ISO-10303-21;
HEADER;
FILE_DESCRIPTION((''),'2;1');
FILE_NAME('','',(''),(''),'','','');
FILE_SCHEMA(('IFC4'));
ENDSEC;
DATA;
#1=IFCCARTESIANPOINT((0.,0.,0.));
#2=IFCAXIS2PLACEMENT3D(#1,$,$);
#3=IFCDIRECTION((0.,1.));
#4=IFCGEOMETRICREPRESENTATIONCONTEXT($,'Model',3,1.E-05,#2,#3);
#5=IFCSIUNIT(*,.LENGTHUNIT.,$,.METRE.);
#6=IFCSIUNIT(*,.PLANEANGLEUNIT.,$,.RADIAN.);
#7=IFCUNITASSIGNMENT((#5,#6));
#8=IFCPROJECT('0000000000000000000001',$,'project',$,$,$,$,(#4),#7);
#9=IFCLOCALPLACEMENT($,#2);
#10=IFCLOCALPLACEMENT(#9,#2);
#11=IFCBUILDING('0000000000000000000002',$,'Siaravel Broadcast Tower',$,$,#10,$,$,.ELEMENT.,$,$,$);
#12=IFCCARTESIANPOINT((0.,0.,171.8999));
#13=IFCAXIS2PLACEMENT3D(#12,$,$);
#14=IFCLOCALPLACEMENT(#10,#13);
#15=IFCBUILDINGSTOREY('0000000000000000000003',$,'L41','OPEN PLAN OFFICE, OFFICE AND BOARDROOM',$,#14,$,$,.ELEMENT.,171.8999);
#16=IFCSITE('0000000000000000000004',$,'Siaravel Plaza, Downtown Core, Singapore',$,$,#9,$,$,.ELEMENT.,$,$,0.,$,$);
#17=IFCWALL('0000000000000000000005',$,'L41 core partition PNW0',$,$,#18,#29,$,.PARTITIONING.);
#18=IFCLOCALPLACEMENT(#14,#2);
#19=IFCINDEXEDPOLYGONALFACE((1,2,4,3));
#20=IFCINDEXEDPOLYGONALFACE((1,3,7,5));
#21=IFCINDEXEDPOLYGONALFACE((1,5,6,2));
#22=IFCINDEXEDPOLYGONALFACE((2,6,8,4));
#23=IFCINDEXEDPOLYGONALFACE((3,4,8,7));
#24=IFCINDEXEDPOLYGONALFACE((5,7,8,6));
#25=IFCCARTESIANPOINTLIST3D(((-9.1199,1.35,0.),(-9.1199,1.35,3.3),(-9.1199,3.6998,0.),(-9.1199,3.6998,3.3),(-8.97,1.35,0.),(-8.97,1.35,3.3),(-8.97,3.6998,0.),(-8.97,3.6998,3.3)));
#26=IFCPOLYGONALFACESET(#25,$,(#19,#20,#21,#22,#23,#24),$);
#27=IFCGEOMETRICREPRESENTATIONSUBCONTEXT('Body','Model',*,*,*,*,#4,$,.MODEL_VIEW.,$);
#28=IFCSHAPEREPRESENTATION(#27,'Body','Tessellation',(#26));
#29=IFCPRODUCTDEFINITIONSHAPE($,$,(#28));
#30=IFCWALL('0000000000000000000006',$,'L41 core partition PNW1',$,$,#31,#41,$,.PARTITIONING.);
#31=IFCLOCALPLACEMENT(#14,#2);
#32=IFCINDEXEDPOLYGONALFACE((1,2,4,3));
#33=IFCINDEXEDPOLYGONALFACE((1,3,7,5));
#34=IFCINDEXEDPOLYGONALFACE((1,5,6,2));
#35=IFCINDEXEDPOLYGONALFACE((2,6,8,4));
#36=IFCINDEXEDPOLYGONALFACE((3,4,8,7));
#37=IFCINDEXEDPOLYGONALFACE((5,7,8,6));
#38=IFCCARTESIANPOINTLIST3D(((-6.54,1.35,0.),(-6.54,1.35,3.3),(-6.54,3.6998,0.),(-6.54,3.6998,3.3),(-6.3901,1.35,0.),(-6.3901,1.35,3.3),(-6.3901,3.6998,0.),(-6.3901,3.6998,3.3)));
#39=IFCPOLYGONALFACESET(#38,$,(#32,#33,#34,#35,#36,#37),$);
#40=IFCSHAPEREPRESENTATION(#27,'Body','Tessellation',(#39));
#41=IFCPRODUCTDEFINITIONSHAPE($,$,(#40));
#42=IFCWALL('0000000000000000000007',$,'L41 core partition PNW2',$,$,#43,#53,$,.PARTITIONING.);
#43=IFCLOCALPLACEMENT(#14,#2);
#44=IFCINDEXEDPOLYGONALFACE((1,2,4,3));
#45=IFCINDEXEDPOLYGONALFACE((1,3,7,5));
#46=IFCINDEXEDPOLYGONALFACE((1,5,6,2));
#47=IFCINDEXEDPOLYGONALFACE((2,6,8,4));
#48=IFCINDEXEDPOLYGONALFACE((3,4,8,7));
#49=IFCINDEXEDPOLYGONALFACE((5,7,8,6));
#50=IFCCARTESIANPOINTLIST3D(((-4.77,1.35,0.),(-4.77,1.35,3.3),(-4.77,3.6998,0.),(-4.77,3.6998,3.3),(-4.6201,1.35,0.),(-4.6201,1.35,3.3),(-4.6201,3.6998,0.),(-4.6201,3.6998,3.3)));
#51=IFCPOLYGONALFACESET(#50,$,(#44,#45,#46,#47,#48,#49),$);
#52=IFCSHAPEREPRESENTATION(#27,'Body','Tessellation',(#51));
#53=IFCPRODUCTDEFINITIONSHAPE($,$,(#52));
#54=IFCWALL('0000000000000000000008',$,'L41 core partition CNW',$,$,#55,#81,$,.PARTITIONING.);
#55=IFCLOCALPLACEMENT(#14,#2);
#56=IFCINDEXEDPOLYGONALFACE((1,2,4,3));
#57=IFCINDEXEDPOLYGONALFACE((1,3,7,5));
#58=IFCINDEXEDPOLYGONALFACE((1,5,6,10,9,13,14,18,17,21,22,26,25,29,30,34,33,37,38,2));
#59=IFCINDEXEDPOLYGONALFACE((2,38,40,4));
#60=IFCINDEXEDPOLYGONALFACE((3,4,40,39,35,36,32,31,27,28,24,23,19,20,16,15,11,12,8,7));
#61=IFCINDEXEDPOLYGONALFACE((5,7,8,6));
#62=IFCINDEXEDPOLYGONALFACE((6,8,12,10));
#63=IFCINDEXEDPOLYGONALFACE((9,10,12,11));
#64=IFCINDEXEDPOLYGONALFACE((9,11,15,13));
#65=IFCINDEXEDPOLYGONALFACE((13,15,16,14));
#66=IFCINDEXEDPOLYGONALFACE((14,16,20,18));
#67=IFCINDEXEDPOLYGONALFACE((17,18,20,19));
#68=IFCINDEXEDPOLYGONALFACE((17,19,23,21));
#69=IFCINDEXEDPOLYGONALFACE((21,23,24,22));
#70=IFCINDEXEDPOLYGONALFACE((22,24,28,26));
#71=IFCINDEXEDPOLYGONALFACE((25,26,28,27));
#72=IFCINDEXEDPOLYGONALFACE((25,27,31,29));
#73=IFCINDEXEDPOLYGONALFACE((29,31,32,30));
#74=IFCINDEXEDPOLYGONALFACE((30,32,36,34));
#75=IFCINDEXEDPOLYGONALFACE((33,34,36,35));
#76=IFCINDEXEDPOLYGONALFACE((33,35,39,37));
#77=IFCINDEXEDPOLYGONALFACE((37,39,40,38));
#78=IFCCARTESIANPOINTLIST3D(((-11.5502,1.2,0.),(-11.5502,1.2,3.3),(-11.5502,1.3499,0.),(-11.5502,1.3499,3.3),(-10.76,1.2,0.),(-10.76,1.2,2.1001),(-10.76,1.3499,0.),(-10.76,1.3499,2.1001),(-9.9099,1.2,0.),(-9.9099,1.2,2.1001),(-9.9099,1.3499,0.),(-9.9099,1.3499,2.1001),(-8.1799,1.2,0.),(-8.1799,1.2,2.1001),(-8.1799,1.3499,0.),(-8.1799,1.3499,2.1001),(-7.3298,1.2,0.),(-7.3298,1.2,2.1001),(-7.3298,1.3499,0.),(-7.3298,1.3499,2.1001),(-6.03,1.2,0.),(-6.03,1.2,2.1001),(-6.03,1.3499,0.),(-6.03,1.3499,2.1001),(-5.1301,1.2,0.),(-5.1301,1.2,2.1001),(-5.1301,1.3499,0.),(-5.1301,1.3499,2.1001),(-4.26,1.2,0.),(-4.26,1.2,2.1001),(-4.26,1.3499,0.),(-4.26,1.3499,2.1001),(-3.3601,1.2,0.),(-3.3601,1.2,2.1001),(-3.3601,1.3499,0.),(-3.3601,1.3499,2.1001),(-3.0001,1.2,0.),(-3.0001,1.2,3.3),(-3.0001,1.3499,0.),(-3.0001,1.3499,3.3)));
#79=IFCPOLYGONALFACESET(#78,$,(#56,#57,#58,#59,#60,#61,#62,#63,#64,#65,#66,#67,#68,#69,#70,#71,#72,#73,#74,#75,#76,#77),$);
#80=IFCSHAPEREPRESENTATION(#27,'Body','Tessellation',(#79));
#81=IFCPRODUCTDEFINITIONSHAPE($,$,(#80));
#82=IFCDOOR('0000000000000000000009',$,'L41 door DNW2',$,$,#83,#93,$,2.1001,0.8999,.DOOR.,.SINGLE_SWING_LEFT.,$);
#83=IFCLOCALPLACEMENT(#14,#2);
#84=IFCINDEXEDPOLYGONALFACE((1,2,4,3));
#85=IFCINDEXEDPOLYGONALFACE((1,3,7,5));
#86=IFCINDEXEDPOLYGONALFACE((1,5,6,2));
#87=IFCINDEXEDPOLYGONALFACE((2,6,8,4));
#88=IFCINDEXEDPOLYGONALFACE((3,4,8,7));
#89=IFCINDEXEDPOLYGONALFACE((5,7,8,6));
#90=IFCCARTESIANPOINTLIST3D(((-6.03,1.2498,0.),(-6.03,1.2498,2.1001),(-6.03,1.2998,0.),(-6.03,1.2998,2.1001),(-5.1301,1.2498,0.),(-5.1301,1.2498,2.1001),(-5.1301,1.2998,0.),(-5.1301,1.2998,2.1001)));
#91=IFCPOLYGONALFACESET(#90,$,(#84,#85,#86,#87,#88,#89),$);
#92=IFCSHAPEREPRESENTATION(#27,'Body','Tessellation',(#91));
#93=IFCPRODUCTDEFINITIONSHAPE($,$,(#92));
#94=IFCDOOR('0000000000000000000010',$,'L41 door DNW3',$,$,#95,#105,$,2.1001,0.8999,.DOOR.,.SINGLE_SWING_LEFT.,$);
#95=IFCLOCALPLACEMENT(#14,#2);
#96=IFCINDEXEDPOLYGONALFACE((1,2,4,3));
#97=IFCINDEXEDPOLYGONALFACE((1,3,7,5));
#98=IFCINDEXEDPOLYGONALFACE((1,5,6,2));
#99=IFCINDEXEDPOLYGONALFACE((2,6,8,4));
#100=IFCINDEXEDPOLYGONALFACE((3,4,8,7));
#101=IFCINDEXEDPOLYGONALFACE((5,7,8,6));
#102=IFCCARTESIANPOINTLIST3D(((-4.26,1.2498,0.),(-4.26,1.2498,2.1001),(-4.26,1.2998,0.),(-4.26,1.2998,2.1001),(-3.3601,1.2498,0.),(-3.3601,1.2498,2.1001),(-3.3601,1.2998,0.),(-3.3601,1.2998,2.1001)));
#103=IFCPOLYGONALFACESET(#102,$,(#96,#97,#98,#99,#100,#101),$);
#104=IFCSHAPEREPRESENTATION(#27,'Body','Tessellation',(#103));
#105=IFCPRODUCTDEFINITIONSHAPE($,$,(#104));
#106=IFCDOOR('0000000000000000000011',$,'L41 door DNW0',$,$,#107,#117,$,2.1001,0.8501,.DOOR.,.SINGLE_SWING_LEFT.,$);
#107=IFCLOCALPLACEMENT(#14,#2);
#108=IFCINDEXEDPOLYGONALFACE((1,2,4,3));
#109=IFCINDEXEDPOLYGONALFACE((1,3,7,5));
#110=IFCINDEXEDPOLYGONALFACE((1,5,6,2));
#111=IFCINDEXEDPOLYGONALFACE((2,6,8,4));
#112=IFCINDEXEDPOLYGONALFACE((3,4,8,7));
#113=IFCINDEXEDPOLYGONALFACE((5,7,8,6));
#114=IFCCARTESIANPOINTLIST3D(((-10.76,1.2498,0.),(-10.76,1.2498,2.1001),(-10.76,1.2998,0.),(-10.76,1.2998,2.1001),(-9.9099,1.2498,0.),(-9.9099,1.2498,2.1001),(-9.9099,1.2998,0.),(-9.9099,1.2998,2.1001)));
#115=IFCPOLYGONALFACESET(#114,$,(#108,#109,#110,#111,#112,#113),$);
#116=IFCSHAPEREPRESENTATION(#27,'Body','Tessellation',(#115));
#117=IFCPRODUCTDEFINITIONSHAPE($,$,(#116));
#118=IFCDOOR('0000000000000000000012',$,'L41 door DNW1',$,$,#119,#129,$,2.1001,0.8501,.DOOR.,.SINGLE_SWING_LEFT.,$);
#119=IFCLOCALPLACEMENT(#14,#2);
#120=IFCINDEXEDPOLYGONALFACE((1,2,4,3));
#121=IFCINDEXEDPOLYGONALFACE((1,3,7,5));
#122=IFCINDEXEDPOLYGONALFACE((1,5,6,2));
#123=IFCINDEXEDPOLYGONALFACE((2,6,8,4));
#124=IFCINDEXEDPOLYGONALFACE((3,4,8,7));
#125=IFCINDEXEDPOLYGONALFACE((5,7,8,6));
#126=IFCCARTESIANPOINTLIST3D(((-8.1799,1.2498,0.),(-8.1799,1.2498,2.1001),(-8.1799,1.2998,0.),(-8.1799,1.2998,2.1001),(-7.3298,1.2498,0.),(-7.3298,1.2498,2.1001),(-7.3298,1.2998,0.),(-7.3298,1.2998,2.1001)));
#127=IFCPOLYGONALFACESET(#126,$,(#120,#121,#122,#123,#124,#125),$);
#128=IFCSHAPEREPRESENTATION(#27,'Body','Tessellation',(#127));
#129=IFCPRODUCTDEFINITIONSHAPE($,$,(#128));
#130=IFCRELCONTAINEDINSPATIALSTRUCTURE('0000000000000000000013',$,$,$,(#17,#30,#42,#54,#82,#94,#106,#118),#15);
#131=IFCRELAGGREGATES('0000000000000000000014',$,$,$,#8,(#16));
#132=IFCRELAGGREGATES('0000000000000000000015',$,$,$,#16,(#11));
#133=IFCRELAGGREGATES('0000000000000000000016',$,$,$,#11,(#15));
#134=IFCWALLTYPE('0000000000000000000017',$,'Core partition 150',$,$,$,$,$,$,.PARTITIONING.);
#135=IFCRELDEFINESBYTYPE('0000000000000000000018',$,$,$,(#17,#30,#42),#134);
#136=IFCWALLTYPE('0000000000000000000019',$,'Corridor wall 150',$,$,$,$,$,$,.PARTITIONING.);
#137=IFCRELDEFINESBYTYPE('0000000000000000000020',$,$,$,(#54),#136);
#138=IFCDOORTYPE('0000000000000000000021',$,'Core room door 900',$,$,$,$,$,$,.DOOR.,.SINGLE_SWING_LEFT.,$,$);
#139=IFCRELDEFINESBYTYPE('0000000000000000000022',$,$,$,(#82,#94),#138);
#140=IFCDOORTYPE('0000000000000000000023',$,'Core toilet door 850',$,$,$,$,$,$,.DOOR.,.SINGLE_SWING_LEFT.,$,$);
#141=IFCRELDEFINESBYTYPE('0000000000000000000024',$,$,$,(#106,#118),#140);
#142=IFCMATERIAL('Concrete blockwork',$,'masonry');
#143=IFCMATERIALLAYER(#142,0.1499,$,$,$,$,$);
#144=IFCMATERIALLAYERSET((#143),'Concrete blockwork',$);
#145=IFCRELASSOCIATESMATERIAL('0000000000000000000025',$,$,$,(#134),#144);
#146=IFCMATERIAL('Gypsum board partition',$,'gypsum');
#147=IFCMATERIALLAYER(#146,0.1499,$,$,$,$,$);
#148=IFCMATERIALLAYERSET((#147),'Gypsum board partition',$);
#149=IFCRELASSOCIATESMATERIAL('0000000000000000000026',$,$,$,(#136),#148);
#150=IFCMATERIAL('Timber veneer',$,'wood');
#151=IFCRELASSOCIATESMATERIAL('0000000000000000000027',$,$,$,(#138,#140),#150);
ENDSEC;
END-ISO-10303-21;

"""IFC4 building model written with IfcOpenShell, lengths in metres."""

from ifc_helpers import new_model, si_unit, direction, frame, frame_2d, origin, place, context, subcontext, project, spatial, rectangle, extrude, material, layer, layer_set, type_object, element, fill, save


model = new_model("IFC4")

# Units and contexts
model_context = context("Model", 3, precision=1e-05, world=origin(), true_north=direction((0.0, 1.0)))
body_context = subcontext(model_context, "Body", "Model", "MODEL_VIEW")
ifc_project = project(units=[si_unit("LENGTHUNIT", "METRE"), si_unit("PLANEANGLEUNIT", "RADIAN")], contexts=[model_context])

# Site, building, storey
site_placement = place(None, origin())
site = spatial("IfcSite", under=ifc_project, at=site_placement, Name="Siaravel Plaza, Downtown Core, Singapore", CompositionType="ELEMENT", RefElevation=0.0)
building_placement = place(site_placement, origin())
building = spatial("IfcBuilding", under=site, at=building_placement, Name="Siaravel Broadcast Tower", CompositionType="ELEMENT")
storey_placement = place(building_placement, frame((0.0, 0.0, 171.8999)))
storey = spatial("IfcBuildingStorey", under=building, at=storey_placement, Name="L41", Description="OPEN PLAN OFFICE, OFFICE AND BOARDROOM", CompositionType="ELEMENT", Elevation=171.8999)

# Walls
ifc_material_1 = material(Name="Concrete blockwork", Category="masonry")
ifc_layer_1 = layer(ifc_material_1, 0.1499)
ifc_layer_set_1 = layer_set([ifc_layer_1], Name="Concrete blockwork")
wall_type_1 = type_object("IfcWallType", Name="Core partition 150", PredefinedType="PARTITIONING", material=ifc_layer_set_1)
for number, where, z_axis, x_axis, name in (
    (1, (-9.0449, 1.3501, 0.0), (0.0, 0.0, 1.0), (0.0, 1.0, 0.0), "L41 core partition PNW0"),
    (2, (-6.4651, 1.3501, 0.0), (0.0, 0.0, 1.0), (0.0, 1.0, 0.0), "L41 core partition PNW1"),
    (3, (-4.6951, 1.3501, 0.0), (0.0, 0.0, 1.0), (0.0, 1.0, 0.0), "L41 core partition PNW2"),
):
    element("IfcWall", number, at=place(storey_placement, frame(where, z_axis=z_axis, x_axis=x_axis)), inside=storey, type_object=wall_type_1, Name=name, PredefinedType="PARTITIONING", context=body_context, shape_type="SweptSolid", body=[
        extrude(rectangle(XDim=2.3499, YDim=0.1499, at=frame_2d((1.1748, 0.0))), origin(), (0.0, 0.0, 1.0), 3.3),
    ])

# Wall, openings, doors
ifc_material_2 = material(Name="Gypsum board partition", Category="gypsum")
ifc_layer_2 = layer(ifc_material_2, 0.1499)
ifc_layer_set_2 = layer_set([ifc_layer_2], Name="Gypsum board partition")
wall_type_2 = type_object("IfcWallType", Name="Corridor wall 150", PredefinedType="PARTITIONING", material=ifc_layer_set_2)
wall_1_placement = place(storey_placement, frame((-11.55, 1.2749, 0.0), z_axis=(0.0, 0.0, 1.0), x_axis=(1.0, 0.0, 0.0)))
wall_1 = element("IfcWall", 4, at=wall_1_placement, inside=storey, type_object=wall_type_2, Name="L41 core partition CNW", PredefinedType="PARTITIONING", context=body_context, shape_type="SweptSolid", body=[
    extrude(rectangle(XDim=8.55, YDim=0.1499, at=frame_2d((4.2749, 0.0))), origin(), (0.0, 0.0, 1.0), 3.3),
])
opening_1_placement = place(wall_1_placement, frame((0.79, 0.0, 0.0)))
opening_1 = element("IfcOpeningElement", 5, at=opening_1_placement, cuts=wall_1, PredefinedType="OPENING", context=body_context, shape_type="SweptSolid", body=[
    extrude(rectangle(XDim=0.8501, YDim=2.1001, at=frame_2d((0.425, 1.05))), frame((0.0, 0.085, 0.0), z_axis=(0.0, -1.0, 0.0), x_axis=(1.0, 0.0, 0.0)), (0.0, 0.0, 1.0), 0.1699),
])
opening_2_placement = place(wall_1_placement, frame((3.3701, 0.0, 0.0)))
opening_2 = element("IfcOpeningElement", 6, at=opening_2_placement, cuts=wall_1, PredefinedType="OPENING", context=body_context, shape_type="SweptSolid", body=[
    extrude(rectangle(XDim=0.8501, YDim=2.1001, at=frame_2d((0.425, 1.05))), frame((0.0, 0.085, 0.0), z_axis=(0.0, -1.0, 0.0), x_axis=(1.0, 0.0, 0.0)), (0.0, 0.0, 1.0), 0.1699),
])
opening_3_placement = place(wall_1_placement, frame((5.52, 0.0, 0.0)))
opening_3 = element("IfcOpeningElement", 7, at=opening_3_placement, cuts=wall_1, PredefinedType="OPENING", context=body_context, shape_type="SweptSolid", body=[
    extrude(rectangle(XDim=0.8999, YDim=2.1001, at=frame_2d((0.45, 1.05))), frame((0.0, 0.085, 0.0), z_axis=(0.0, -1.0, 0.0), x_axis=(1.0, 0.0, 0.0)), (0.0, 0.0, 1.0), 0.1699),
])
opening_4_placement = place(wall_1_placement, frame((7.29, 0.0, 0.0)))
opening_4 = element("IfcOpeningElement", 8, at=opening_4_placement, cuts=wall_1, PredefinedType="OPENING", context=body_context, shape_type="SweptSolid", body=[
    extrude(rectangle(XDim=0.8999, YDim=2.1001, at=frame_2d((0.45, 1.05))), frame((0.0, 0.085, 0.0), z_axis=(0.0, -1.0, 0.0), x_axis=(1.0, 0.0, 0.0)), (0.0, 0.0, 1.0), 0.1699),
])
ifc_material_3 = material(Name="Timber veneer", Category="wood")
door_type_1 = type_object("IfcDoorType", Name="Core room door 900", OperationType="SINGLE_SWING_LEFT", PredefinedType="DOOR", material=ifc_material_3)
door_1_placement = place(opening_3_placement, origin())
door_1 = element("IfcDoor", 9, at=door_1_placement, inside=storey, type_object=door_type_1, Name="L41 door DNW2", OperationType="SINGLE_SWING_LEFT", OverallHeight=2.1001, OverallWidth=0.8999, PredefinedType="DOOR", context=body_context, shape_type="SweptSolid", body=[
    extrude(rectangle(XDim=0.8999, YDim=2.1001, at=frame_2d((0.45, 1.05))), frame((0.0, 0.0249, 0.0), z_axis=(0.0, -1.0, 0.0), x_axis=(1.0, 0.0, 0.0)), (0.0, 0.0, 1.0), 0.05),
])
fill(opening_3, door_1)
door_2_placement = place(opening_4_placement, origin())
door_2 = element("IfcDoor", 10, at=door_2_placement, inside=storey, type_object=door_type_1, Name="L41 door DNW3", OperationType="SINGLE_SWING_LEFT", OverallHeight=2.1001, OverallWidth=0.8999, PredefinedType="DOOR", context=body_context, shape_type="SweptSolid", body=[
    extrude(rectangle(XDim=0.8999, YDim=2.1001, at=frame_2d((0.45, 1.05))), frame((0.0, 0.0249, 0.0), z_axis=(0.0, -1.0, 0.0), x_axis=(1.0, 0.0, 0.0)), (0.0, 0.0, 1.0), 0.05),
])
fill(opening_4, door_2)
door_type_2 = type_object("IfcDoorType", Name="Core toilet door 850", OperationType="SINGLE_SWING_LEFT", PredefinedType="DOOR", material=ifc_material_3)
door_3_placement = place(opening_1_placement, origin())
door_3 = element("IfcDoor", 11, at=door_3_placement, inside=storey, type_object=door_type_2, Name="L41 door DNW0", OperationType="SINGLE_SWING_LEFT", OverallHeight=2.1001, OverallWidth=0.8501, PredefinedType="DOOR", context=body_context, shape_type="SweptSolid", body=[
    extrude(rectangle(XDim=0.8501, YDim=2.1001, at=frame_2d((0.425, 1.05))), frame((0.0, 0.0249, 0.0), z_axis=(0.0, -1.0, 0.0), x_axis=(1.0, 0.0, 0.0)), (0.0, 0.0, 1.0), 0.05),
])
fill(opening_1, door_3)
door_4_placement = place(opening_2_placement, origin())
door_4 = element("IfcDoor", 12, at=door_4_placement, inside=storey, type_object=door_type_2, Name="L41 door DNW1", OperationType="SINGLE_SWING_LEFT", OverallHeight=2.1001, OverallWidth=0.8501, PredefinedType="DOOR", context=body_context, shape_type="SweptSolid", body=[
    extrude(rectangle(XDim=0.8501, YDim=2.1001, at=frame_2d((0.425, 1.05))), frame((0.0, 0.0249, 0.0), z_axis=(0.0, -1.0, 0.0), x_axis=(1.0, 0.0, 0.0)), (0.0, 0.0, 1.0), 0.05),
])
fill(opening_2, door_4)

save(model, "model.ifc")
